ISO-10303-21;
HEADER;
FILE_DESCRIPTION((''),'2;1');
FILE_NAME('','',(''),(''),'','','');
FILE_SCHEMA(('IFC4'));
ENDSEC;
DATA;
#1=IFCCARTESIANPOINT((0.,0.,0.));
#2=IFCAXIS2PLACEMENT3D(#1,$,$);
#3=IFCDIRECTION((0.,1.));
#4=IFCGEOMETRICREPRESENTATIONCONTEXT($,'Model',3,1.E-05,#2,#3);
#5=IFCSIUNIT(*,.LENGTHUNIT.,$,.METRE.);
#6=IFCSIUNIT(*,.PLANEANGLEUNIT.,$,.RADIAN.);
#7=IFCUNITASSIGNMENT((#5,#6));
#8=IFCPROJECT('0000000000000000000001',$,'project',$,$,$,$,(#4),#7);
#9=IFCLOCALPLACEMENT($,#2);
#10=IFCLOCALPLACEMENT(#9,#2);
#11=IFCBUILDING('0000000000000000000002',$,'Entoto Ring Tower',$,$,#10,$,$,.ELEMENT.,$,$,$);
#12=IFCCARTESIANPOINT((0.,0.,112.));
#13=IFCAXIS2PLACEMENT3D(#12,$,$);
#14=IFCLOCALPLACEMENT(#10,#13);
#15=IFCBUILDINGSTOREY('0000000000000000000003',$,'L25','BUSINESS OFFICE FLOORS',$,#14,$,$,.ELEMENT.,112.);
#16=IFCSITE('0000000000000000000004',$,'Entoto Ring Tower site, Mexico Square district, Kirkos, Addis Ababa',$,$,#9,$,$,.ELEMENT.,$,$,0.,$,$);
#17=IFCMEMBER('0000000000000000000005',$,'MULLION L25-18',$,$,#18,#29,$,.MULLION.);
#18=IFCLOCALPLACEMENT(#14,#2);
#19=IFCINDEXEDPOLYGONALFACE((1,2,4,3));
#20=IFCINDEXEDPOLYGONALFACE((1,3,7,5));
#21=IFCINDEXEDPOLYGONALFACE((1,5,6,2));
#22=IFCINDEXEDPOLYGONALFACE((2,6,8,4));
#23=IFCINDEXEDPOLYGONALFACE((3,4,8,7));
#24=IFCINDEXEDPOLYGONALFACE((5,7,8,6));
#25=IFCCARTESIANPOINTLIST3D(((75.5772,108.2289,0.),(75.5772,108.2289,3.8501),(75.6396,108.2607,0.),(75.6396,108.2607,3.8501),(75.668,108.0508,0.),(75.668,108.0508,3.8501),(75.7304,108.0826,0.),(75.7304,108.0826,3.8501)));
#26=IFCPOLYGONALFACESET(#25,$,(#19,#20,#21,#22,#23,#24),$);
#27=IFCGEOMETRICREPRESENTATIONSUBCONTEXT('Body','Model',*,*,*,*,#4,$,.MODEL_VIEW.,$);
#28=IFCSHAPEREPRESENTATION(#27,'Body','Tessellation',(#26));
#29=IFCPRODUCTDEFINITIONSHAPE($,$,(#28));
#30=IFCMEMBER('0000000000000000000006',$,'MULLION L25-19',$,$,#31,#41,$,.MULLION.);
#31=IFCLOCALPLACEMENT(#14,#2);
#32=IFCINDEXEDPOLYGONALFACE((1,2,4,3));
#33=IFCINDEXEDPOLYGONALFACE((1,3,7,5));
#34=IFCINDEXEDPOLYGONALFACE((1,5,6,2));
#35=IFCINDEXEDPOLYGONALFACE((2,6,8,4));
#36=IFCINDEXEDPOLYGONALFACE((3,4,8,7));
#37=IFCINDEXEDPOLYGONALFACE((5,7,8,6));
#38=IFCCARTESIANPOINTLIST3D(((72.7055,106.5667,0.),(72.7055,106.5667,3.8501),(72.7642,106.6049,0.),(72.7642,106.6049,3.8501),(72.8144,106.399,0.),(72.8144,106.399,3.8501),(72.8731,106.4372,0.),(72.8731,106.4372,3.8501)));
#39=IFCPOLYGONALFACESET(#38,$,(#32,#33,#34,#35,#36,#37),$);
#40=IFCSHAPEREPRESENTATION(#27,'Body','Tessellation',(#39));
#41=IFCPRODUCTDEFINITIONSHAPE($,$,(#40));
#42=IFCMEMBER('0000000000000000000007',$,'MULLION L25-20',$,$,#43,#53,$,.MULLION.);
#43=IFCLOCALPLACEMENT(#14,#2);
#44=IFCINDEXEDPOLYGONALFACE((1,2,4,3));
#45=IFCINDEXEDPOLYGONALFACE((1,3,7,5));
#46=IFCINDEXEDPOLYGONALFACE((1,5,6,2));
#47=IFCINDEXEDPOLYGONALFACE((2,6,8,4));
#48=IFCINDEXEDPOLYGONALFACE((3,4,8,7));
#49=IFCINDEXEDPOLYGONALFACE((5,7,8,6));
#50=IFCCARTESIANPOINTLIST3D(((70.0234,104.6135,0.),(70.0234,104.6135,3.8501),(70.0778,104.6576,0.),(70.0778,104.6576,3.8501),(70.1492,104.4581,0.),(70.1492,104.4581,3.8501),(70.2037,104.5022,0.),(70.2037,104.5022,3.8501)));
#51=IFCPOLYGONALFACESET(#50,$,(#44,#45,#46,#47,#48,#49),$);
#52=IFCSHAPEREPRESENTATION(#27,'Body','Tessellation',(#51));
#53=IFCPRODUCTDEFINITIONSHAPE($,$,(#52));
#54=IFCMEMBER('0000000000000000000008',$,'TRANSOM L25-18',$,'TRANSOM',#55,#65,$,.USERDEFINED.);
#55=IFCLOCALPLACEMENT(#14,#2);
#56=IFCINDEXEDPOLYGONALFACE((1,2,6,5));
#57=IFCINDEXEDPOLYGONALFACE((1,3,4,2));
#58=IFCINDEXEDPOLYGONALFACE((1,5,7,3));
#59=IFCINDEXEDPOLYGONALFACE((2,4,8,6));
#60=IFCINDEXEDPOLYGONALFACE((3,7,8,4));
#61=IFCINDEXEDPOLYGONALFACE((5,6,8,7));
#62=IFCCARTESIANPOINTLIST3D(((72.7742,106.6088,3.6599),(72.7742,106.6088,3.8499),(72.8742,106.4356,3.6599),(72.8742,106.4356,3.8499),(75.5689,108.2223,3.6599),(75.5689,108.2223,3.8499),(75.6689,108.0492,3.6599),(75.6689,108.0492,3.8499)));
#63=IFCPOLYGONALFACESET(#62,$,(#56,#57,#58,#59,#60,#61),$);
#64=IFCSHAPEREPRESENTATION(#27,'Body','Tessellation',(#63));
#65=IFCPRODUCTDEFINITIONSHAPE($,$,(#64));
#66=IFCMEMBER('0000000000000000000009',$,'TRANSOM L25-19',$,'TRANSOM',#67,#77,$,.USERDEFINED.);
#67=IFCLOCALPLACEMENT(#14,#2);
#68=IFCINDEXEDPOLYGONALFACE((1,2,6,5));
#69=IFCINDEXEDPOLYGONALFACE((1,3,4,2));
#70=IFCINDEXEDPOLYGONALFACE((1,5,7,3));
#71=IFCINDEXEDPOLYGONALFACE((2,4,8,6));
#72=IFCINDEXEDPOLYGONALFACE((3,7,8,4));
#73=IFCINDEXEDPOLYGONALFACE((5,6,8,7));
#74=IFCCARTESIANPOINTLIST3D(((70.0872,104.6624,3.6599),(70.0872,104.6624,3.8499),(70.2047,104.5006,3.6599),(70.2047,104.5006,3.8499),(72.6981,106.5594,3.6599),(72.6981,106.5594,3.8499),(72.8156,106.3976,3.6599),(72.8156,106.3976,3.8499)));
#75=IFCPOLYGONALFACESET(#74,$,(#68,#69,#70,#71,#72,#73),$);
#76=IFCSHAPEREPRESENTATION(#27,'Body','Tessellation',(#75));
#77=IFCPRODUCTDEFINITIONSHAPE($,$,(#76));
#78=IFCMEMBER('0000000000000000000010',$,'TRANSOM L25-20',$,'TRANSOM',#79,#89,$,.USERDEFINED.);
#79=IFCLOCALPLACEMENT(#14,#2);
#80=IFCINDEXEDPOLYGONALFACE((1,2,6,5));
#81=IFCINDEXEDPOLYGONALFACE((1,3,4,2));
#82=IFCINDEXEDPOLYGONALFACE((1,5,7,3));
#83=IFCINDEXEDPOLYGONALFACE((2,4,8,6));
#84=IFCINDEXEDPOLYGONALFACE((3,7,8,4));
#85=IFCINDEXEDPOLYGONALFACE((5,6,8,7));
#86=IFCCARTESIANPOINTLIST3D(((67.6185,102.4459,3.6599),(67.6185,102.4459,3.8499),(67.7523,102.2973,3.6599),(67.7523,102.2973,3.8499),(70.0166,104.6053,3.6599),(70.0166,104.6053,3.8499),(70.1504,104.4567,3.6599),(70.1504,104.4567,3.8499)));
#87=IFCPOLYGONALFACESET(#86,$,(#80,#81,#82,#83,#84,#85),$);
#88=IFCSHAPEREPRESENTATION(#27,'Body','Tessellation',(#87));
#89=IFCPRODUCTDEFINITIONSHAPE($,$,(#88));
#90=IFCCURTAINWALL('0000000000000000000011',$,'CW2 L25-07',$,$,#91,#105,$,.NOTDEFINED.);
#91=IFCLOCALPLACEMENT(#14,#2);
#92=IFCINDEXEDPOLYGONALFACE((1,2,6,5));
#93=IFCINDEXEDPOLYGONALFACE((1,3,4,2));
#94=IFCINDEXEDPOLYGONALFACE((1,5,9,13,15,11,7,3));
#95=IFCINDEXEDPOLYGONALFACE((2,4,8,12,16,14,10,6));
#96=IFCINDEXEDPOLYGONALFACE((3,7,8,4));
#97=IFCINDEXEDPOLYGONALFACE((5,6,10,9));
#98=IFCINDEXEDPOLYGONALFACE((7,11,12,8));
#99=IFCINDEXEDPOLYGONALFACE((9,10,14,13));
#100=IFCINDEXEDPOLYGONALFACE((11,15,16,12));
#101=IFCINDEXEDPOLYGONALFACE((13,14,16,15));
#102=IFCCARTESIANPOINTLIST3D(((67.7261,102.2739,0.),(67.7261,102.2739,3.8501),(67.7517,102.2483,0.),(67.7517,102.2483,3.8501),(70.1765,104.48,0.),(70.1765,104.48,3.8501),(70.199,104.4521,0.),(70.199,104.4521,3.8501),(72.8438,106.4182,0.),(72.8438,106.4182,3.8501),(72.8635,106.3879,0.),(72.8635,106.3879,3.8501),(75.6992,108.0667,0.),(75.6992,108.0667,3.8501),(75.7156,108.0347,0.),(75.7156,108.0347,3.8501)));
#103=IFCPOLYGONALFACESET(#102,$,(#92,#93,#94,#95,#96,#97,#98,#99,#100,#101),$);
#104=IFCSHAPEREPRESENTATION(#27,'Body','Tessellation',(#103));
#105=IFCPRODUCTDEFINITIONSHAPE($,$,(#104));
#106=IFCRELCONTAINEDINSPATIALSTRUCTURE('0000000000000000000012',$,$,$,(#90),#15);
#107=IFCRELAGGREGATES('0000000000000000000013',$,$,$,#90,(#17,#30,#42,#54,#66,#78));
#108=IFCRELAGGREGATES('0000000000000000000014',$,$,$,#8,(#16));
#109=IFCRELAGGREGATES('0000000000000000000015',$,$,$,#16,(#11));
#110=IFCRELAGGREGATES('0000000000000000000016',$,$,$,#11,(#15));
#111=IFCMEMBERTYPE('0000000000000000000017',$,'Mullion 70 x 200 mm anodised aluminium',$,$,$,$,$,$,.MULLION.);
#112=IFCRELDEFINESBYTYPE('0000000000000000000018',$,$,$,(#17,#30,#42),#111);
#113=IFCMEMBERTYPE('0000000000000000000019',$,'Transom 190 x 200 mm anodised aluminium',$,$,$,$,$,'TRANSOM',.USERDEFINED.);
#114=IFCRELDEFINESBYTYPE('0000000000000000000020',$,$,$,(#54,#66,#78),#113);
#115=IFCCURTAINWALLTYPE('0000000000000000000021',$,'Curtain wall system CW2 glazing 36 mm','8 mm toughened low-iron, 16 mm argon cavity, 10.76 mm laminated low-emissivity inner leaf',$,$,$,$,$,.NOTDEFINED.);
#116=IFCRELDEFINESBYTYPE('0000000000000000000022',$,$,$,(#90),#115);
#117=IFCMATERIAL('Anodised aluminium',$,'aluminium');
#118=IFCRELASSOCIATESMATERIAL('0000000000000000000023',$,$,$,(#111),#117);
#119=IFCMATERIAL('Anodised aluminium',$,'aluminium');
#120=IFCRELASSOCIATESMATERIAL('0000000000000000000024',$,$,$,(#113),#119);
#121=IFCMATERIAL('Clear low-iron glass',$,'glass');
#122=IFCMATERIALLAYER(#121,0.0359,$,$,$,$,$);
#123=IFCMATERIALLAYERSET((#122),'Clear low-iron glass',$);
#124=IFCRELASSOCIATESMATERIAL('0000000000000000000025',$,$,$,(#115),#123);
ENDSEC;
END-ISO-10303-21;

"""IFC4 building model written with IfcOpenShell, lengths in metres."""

from ifc_helpers import new_model, si_unit, direction, frame, origin, origin_2d, place, context, subcontext, project, spatial, polyline, rectangle, outline, extrude, material, layer, layer_set, material_profile, profile_set, type_object, element, aggregate, save


model = new_model("IFC4")

# Units and contexts
model_context = context("Model", 3, precision=1e-05, world=origin(), true_north=direction((0.0, 1.0)))
body_context = subcontext(model_context, "Body", "Model", "MODEL_VIEW")
ifc_project = project(units=[si_unit("LENGTHUNIT", "METRE"), si_unit("PLANEANGLEUNIT", "RADIAN")], contexts=[model_context])

# Members
ifc_material_1 = material(Name="Anodised aluminium", Category="aluminium")
ifc_material_profile_1 = material_profile(ifc_material_1, rectangle(XDim=0.0701, YDim=0.2, at=origin_2d()), Name="Mullion 70 x 200 mm anodised aluminium")
ifc_profile_set_1 = profile_set([ifc_material_profile_1], Name="Anodised aluminium")
member_type_1 = type_object("IfcMemberType", Name="Mullion 70 x 200 mm anodised aluminium", PredefinedType="MULLION", material=ifc_profile_set_1)
site_placement = place(None, origin())
building_placement = place(site_placement, origin())
storey_placement = place(building_placement, frame((0.0, 0.0, 112.0)))
member_1_placement = place(storey_placement, frame((75.6538, 108.1558, 0.0), z_axis=(0.0, 0.0, 1.0), x_axis=(-0.891007, -0.45399, 0.0)))
member_1 = element("IfcMember", 1, at=member_1_placement, type_object=member_type_1, Name="MULLION L25-18", PredefinedType="MULLION", context=body_context, shape_type="SweptSolid", body=[
    extrude(rectangle(XDim=0.0701, YDim=0.2, at=origin_2d()), origin(), (0.0, 0.0, 1.0), 3.8501),
])
member_2_placement = place(storey_placement, frame((72.7893, 106.502, 0.0), z_axis=(0.0, 0.0, 1.0), x_axis=(-0.838671, -0.544639, 0.0)))
member_2 = element("IfcMember", 2, at=member_2_placement, type_object=member_type_1, Name="MULLION L25-19", PredefinedType="MULLION", context=body_context, shape_type="SweptSolid", body=[
    extrude(rectangle(XDim=0.0701, YDim=0.2, at=origin_2d()), origin(), (0.0, 0.0, 1.0), 3.8501),
])
member_3_placement = place(storey_placement, frame((70.1135, 104.5579, 0.0), z_axis=(0.0, 0.0, 1.0), x_axis=(-0.777146, -0.62932, 0.0)))
member_3 = element("IfcMember", 3, at=member_3_placement, type_object=member_type_1, Name="MULLION L25-20", PredefinedType="MULLION", context=body_context, shape_type="SweptSolid", body=[
    extrude(rectangle(XDim=0.0701, YDim=0.2, at=origin_2d()), origin(), (0.0, 0.0, 1.0), 3.8501),
])
ifc_material_2 = material(Name="Anodised aluminium", Category="aluminium")
ifc_material_profile_2 = material_profile(ifc_material_2, rectangle(XDim=0.2, YDim=0.1899, at=origin_2d()), Name="Transom 190 x 200 mm anodised aluminium")
ifc_profile_set_2 = profile_set([ifc_material_profile_2], Name="Anodised aluminium")
member_type_2 = type_object("IfcMemberType", Name="Transom 190 x 200 mm anodised aluminium", ElementType="TRANSOM", PredefinedType="USERDEFINED", material=ifc_profile_set_2)
member_4_placement = place(storey_placement, frame((75.6189, 108.1357, 3.7549), z_axis=(-0.866023, -0.500004, 0.0), x_axis=(0.500004, -0.866023, 0.0)))
member_4 = element("IfcMember", 4, at=member_4_placement, type_object=member_type_2, Name="TRANSOM L25-18", ObjectType="TRANSOM", PredefinedType="USERDEFINED", context=body_context, shape_type="SweptSolid", body=[
    extrude(rectangle(XDim=0.2, YDim=0.1899, at=origin_2d()), origin(), (0.0, 0.0, 1.0), 3.2271),
])
member_5_placement = place(storey_placement, frame((72.7568, 106.4785, 3.7549), z_axis=(-0.809004, -0.587803, 0.0), x_axis=(0.587803, -0.809004, 0.0)))
member_5 = element("IfcMember", 5, at=member_5_placement, type_object=member_type_2, Name="TRANSOM L25-19", ObjectType="TRANSOM", PredefinedType="USERDEFINED", context=body_context, shape_type="SweptSolid", body=[
    extrude(rectangle(XDim=0.2, YDim=0.1899, at=origin_2d()), origin(), (0.0, 0.0, 1.0), 3.2273),
])
member_6_placement = place(storey_placement, frame((70.0835, 104.531, 3.7549), z_axis=(-0.743132, -0.669144, 0.0), x_axis=(0.669144, -0.743132, 0.0)))
member_6 = element("IfcMember", 6, at=member_6_placement, type_object=member_type_2, Name="TRANSOM L25-20", ObjectType="TRANSOM", PredefinedType="USERDEFINED", context=body_context, shape_type="SweptSolid", body=[
    extrude(rectangle(XDim=0.2, YDim=0.1899, at=origin_2d()), origin(), (0.0, 0.0, 1.0), 3.2271),
])

# Site, building, storey
site = spatial("IfcSite", under=ifc_project, at=site_placement, Name="Entoto Ring Tower site, Mexico Square district, Kirkos, Addis Ababa", CompositionType="ELEMENT", RefElevation=0.0)
building = spatial("IfcBuilding", under=site, at=building_placement, Name="Entoto Ring Tower", CompositionType="ELEMENT")
storey = spatial("IfcBuildingStorey", under=building, at=storey_placement, Name="L25", Description="BUSINESS OFFICE FLOORS", CompositionType="ELEMENT", Elevation=112.0)

# Curtain wall
ifc_material_3 = material(Name="Clear low-iron glass", Category="glass")
ifc_layer = layer(ifc_material_3, 0.0359)
ifc_layer_set = layer_set([ifc_layer], Name="Clear low-iron glass")
curtain_wall_type = type_object("IfcCurtainWallType", Name="Curtain wall system CW2 glazing 36 mm", Description="8 mm toughened low-iron, 16 mm argon cavity, 10.76 mm laminated low-emissivity inner leaf", PredefinedType="NOTDEFINED", material=ifc_layer_set)
curtain_wall_1_placement = place(storey_placement, origin())
curtain_wall_1 = element("IfcCurtainWall", 7, at=curtain_wall_1_placement, inside=storey, type_object=curtain_wall_type, Name="CW2 L25-07", PredefinedType="NOTDEFINED", context=body_context, shape_type="SweptSolid", body=[
    extrude(outline(polyline([(75.6992, 108.0667), (72.8438, 106.4182), (70.1765, 104.48), (67.7261, 102.2739), (67.7517, 102.2483), (70.199, 104.4521), (72.8635, 106.3879), (75.7156, 108.0347), (75.6992, 108.0667)])), origin(), (0.0, 0.0, 1.0), 3.8501),
])
aggregate(curtain_wall_1, [member_1, member_2, member_3, member_4, member_5, member_6])

save(model, "model.ifc")
